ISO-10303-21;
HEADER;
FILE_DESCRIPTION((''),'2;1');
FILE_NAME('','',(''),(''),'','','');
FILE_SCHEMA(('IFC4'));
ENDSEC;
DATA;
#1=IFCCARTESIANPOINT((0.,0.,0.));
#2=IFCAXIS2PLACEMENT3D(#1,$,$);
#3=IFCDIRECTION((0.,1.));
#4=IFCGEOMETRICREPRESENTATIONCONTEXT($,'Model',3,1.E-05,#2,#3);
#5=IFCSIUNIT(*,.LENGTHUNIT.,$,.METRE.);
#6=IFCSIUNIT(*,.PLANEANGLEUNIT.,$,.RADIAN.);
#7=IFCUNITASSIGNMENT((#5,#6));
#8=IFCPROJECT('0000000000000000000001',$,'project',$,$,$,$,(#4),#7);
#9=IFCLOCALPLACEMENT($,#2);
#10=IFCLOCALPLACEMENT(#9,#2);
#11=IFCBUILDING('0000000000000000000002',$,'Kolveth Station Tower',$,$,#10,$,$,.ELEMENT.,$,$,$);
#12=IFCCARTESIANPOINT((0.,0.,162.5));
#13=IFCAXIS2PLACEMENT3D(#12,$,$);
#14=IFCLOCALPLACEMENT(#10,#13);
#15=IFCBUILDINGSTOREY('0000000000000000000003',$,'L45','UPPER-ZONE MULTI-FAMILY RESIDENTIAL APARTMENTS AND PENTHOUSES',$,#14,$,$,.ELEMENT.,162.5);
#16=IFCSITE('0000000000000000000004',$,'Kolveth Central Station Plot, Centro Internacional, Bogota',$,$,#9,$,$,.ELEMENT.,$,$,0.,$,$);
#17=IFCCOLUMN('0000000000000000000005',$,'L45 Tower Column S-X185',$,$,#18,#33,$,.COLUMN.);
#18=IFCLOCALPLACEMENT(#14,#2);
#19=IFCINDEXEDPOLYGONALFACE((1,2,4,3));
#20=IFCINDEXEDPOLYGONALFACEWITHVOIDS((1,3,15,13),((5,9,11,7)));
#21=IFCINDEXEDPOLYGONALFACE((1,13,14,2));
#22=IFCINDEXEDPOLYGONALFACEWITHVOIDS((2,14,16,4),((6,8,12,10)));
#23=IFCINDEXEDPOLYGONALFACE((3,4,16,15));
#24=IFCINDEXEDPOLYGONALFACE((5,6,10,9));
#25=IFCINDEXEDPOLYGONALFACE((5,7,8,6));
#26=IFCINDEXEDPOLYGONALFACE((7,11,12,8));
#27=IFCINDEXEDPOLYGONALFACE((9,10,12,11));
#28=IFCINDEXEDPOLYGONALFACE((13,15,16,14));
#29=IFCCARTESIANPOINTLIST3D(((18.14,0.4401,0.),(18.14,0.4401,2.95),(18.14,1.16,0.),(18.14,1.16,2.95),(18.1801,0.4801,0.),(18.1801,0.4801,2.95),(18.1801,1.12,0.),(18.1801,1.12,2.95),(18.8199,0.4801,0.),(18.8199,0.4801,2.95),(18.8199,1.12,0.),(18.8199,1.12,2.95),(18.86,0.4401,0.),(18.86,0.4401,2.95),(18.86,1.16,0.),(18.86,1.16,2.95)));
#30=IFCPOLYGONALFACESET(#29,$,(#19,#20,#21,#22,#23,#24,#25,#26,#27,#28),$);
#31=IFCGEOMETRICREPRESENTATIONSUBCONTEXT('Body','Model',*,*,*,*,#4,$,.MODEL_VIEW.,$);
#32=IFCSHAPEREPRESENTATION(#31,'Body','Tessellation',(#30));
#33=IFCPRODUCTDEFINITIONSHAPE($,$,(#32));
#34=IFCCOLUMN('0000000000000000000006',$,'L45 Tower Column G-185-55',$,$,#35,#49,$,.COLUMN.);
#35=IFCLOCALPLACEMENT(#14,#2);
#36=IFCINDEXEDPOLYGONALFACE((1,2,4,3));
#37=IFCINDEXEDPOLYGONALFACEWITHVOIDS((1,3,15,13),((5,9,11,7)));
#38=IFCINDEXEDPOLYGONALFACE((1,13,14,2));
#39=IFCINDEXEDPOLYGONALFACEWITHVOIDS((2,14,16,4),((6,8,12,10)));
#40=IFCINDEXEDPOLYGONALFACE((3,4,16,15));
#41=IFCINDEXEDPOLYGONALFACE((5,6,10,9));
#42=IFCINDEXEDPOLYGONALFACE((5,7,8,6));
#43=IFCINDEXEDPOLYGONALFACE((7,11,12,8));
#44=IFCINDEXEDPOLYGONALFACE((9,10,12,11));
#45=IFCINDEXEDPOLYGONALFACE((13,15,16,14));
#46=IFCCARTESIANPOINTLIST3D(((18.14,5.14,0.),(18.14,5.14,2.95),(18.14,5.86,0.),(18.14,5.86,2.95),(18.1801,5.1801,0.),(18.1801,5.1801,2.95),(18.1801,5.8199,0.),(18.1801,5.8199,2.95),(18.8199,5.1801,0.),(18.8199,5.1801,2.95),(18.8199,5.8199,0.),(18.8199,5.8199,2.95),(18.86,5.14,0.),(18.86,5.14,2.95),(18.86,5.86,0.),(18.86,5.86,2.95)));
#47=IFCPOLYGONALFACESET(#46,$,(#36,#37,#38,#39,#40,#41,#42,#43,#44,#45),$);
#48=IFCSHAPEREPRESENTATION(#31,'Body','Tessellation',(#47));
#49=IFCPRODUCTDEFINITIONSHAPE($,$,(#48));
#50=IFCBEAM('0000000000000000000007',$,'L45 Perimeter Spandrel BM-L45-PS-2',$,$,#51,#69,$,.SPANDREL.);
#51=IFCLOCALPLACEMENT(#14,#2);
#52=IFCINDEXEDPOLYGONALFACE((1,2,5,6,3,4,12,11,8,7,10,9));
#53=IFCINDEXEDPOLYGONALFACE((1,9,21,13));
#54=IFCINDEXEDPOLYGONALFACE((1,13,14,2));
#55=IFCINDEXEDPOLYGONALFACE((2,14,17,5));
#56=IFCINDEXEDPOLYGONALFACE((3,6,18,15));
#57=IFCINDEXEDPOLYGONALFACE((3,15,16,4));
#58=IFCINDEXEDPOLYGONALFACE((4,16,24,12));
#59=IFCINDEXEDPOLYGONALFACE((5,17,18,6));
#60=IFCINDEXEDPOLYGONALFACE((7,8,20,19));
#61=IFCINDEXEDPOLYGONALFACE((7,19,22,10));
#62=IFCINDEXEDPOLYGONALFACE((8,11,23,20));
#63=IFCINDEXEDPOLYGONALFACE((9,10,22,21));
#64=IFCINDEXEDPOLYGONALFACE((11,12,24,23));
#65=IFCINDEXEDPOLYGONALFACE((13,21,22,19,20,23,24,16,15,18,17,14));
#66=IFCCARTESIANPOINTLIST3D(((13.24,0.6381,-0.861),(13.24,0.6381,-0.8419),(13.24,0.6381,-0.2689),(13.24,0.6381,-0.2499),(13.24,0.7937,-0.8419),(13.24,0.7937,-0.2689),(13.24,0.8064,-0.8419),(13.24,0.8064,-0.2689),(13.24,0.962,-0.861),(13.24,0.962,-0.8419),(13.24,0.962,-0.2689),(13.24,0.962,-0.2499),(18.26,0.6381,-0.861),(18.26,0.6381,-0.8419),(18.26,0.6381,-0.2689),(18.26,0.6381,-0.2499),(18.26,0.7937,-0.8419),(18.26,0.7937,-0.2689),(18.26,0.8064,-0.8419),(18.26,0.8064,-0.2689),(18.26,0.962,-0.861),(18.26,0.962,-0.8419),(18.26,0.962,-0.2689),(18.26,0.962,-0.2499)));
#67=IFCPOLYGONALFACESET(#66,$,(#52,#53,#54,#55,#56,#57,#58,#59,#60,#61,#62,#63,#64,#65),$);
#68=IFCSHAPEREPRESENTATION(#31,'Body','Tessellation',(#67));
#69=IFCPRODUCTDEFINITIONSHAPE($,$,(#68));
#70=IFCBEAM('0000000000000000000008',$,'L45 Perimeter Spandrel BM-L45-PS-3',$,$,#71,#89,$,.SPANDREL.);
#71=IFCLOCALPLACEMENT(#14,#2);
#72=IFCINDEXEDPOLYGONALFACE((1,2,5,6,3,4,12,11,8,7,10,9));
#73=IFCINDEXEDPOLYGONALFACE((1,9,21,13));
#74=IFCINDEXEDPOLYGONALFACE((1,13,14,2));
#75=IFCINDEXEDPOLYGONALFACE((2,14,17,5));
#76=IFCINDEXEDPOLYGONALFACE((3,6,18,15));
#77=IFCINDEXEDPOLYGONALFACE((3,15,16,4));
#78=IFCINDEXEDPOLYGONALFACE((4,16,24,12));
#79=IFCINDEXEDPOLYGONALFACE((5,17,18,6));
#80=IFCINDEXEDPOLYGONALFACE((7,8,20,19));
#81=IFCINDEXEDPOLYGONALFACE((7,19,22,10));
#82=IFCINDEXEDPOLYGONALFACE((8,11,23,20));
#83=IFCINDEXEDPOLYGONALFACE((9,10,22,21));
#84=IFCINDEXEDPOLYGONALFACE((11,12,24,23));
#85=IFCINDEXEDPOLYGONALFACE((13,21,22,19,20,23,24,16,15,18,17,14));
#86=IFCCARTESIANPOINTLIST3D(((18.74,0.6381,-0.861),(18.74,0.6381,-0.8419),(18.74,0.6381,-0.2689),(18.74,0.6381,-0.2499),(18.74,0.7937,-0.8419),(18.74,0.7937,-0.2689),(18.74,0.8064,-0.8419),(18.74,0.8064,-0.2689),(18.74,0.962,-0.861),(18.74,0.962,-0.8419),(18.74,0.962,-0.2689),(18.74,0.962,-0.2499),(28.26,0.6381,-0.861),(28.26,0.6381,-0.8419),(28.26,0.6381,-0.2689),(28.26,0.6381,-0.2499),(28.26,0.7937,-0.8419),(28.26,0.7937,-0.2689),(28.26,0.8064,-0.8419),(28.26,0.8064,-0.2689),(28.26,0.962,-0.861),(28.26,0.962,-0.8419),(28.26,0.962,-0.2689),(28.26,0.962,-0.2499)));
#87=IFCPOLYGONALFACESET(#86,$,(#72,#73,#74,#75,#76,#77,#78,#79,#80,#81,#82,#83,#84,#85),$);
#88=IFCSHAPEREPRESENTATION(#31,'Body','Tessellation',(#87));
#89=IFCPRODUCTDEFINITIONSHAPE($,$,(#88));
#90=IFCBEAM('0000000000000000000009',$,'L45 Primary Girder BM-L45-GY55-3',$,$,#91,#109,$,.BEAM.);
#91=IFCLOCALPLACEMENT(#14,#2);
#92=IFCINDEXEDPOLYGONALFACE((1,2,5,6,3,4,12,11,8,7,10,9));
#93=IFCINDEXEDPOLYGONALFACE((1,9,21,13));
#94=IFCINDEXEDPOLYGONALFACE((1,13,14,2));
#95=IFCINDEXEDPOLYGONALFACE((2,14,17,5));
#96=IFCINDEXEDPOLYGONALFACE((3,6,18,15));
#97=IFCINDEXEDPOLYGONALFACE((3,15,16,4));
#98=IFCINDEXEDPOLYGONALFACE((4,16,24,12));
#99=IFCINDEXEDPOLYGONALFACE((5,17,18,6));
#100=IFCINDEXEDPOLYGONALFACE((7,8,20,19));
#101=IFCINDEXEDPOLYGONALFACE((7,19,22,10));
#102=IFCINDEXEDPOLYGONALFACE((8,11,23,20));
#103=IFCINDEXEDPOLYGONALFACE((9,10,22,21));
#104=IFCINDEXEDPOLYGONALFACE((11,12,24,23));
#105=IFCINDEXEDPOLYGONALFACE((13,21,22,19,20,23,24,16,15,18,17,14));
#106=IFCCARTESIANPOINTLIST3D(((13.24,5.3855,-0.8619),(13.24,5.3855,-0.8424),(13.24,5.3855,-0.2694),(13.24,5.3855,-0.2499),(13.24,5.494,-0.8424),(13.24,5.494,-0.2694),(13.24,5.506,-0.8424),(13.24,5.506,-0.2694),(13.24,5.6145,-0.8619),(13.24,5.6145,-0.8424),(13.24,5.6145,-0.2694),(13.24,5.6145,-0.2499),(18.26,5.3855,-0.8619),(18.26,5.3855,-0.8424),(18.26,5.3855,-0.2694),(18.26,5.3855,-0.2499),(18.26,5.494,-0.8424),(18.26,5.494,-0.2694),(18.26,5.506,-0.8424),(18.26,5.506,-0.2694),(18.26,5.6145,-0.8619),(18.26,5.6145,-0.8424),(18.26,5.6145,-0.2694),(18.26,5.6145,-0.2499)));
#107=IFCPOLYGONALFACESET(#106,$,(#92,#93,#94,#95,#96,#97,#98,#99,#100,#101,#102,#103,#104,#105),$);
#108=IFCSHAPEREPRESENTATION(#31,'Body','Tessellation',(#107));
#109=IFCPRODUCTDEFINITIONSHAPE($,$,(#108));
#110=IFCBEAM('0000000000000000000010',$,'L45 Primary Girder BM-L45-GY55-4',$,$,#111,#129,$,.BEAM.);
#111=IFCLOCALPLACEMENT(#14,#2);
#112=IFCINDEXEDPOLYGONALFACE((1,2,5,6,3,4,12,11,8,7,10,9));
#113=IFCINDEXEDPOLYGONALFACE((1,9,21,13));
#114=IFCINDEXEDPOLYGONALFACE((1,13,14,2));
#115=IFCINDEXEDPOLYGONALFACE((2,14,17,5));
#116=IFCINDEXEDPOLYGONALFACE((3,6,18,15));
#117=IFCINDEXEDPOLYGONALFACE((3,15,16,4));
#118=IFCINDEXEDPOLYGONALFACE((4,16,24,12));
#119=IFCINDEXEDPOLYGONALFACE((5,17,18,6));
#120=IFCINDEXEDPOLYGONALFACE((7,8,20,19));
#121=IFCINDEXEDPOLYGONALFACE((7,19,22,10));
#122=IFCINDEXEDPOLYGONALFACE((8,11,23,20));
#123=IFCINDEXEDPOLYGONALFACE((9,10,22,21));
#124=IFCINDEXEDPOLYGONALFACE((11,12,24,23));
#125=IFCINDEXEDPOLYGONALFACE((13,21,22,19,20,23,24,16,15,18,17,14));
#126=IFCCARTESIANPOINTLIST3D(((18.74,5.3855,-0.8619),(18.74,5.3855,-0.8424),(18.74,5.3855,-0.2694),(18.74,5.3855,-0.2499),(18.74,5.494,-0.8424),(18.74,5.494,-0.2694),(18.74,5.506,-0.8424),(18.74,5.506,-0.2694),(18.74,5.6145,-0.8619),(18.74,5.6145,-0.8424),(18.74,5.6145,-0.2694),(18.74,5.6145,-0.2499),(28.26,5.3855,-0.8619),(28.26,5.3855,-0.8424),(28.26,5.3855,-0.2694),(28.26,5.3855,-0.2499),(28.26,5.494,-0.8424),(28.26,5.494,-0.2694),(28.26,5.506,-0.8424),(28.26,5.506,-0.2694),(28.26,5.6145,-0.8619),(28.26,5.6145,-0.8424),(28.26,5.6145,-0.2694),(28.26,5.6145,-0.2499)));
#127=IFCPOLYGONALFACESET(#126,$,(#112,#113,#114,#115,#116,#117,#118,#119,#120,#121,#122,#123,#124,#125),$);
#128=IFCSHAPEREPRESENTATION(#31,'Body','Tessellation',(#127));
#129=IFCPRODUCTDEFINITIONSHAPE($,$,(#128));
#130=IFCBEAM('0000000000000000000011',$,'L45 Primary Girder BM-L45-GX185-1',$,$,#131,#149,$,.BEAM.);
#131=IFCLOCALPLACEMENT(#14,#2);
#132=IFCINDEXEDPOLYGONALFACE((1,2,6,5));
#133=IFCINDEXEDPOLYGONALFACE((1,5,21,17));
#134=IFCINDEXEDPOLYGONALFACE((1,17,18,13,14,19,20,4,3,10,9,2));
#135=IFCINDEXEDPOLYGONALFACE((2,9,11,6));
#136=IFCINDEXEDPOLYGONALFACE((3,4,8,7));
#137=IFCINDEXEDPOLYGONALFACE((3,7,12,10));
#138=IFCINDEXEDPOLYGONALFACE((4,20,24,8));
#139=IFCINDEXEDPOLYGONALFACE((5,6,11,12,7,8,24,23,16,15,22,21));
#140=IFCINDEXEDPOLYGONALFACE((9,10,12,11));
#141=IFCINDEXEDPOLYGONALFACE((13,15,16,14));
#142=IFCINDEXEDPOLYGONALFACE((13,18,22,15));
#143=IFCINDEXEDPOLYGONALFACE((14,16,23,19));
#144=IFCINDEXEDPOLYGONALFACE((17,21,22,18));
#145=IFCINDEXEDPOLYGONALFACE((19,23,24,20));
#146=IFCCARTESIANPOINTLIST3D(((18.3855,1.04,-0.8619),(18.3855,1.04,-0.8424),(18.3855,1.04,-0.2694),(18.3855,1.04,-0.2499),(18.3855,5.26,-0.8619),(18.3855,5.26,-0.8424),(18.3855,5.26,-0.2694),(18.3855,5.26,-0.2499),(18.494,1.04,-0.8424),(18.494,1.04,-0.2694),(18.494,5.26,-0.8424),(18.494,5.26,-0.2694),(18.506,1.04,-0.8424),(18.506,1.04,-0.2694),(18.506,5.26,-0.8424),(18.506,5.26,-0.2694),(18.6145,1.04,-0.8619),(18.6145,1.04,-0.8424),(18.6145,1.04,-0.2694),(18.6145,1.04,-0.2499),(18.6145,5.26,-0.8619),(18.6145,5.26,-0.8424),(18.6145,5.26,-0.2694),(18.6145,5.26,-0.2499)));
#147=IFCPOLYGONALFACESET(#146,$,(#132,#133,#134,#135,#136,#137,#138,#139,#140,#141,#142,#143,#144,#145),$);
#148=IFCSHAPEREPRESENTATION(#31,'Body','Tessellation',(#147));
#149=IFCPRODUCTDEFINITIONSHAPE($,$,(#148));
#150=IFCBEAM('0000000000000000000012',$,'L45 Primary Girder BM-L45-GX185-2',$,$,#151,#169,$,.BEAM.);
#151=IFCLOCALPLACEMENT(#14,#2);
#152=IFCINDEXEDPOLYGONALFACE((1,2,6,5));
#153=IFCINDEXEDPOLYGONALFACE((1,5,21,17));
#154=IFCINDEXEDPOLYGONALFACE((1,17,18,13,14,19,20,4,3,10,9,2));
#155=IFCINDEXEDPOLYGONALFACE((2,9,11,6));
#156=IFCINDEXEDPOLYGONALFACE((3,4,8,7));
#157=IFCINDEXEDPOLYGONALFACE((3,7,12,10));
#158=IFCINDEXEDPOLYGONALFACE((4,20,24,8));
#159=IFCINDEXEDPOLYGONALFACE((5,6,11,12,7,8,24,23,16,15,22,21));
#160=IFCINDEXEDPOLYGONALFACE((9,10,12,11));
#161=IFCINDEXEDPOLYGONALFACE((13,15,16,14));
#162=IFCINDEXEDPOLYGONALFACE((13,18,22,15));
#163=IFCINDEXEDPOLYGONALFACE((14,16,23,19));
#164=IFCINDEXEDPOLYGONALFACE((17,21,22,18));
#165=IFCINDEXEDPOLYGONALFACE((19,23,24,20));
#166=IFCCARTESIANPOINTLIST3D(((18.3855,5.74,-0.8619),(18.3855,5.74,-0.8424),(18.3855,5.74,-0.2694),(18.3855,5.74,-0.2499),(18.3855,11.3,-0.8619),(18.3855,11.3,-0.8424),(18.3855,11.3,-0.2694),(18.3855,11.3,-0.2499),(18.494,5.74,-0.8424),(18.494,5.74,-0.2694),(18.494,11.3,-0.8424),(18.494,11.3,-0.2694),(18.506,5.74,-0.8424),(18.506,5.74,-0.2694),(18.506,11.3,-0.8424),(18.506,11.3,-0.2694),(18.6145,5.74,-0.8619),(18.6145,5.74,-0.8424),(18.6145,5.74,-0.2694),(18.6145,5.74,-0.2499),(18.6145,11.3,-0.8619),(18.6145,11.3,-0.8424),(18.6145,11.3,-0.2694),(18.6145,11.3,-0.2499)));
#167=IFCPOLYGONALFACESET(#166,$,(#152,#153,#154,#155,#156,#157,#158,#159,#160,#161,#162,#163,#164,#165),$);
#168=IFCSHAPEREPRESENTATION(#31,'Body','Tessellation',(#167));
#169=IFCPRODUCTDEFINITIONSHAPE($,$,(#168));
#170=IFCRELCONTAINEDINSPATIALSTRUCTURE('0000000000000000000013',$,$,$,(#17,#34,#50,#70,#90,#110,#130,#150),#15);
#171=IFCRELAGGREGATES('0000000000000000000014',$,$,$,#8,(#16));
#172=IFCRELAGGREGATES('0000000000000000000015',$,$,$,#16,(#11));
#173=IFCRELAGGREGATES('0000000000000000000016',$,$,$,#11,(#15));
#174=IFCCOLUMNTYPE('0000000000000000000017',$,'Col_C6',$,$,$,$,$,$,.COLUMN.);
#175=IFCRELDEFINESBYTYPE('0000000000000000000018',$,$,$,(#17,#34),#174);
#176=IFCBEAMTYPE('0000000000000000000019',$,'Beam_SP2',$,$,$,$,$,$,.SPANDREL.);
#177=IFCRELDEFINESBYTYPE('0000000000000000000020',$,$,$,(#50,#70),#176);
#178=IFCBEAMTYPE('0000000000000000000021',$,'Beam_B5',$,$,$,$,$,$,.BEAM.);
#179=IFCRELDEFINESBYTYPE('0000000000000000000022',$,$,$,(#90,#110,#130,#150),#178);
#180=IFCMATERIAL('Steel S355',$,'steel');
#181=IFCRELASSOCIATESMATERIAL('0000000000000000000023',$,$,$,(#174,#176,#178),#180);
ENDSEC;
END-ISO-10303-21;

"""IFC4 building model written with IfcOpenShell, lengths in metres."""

from ifc_helpers import new_model, si_unit, direction, frame, origin, origin_2d, place, context, subcontext, project, spatial, hollow_rectangle, i_section, extrude, source, transform, mapped, material, material_profile, profile_set, type_object, element, save


model = new_model("IFC4")

# Units and contexts
model_context = context("Model", 3, precision=1e-05, world=origin(), true_north=direction((0.0, 1.0)))
body_context = subcontext(model_context, "Body", "Model", "MODEL_VIEW")
ifc_project = project(units=[si_unit("LENGTHUNIT", "METRE"), si_unit("PLANEANGLEUNIT", "RADIAN")], contexts=[model_context])

# Site, building, storey
site_placement = place(None, origin())
site = spatial("IfcSite", under=ifc_project, at=site_placement, Name="Kolveth Central Station Plot, Centro Internacional, Bogota", CompositionType="ELEMENT", RefElevation=0.0)
building_placement = place(site_placement, origin())
building = spatial("IfcBuilding", under=site, at=building_placement, Name="Kolveth Station Tower", CompositionType="ELEMENT")
storey_placement = place(building_placement, frame((0.0, 0.0, 162.5)))
storey = spatial("IfcBuildingStorey", under=building, at=storey_placement, Name="L45", Description="UPPER-ZONE MULTI-FAMILY RESIDENTIAL APARTMENTS AND PENTHOUSES", CompositionType="ELEMENT", Elevation=162.5)

# Columns
ifc_material_1 = material(Name="Steel S355", Category="steel")
ifc_material_profile_1 = material_profile(ifc_material_1, hollow_rectangle(XDim=0.72, YDim=0.72, WallThickness=0.04, at=origin_2d()), Name="BOX720x720x40")
ifc_profile_set_1 = profile_set([ifc_material_profile_1], Name="Steel S355")
column_type = type_object("IfcColumnType", Name="Col_C6", PredefinedType="COLUMN", material=ifc_profile_set_1)
shared_shape_1 = source(origin(), body_context, "Body", "SweptSolid", [
    extrude(hollow_rectangle(XDim=0.72, YDim=0.72, WallThickness=0.04, at=origin_2d()), origin(), (0.0, 0.0, 1.0), 2.95),
])
for number, where, z_axis, x_axis, name in (
    (1, (18.5, 0.8, 0.0), (0.0, 0.0, 1.0), (1.0, 0.0, 0.0), "L45 Tower Column S-X185"),
    (2, (18.5, 5.5, 0.0), (0.0, 0.0, 1.0), (1.0, 0.0, 0.0), "L45 Tower Column G-185-55"),
):
    element("IfcColumn", number, at=place(storey_placement, frame(where, z_axis=z_axis, x_axis=x_axis)), inside=storey, type_object=column_type, Name=name, PredefinedType="COLUMN", context=body_context, shape_type="MappedRepresentation", body=[
        mapped(shared_shape_1, transform((0.0, 0.0, 0.0), x_axis=(1.0, 0.0, 0.0), y_axis=(0.0, 1.0, 0.0), z_axis=(0.0, 0.0, 1.0), scale=1.0)),
    ])

# Beams
ifc_material_profile_2 = material_profile(ifc_material_1, i_section(OverallWidth=0.324, OverallDepth=0.6111, WebThickness=0.0127, FlangeThickness=0.019, at=origin_2d()), Name="W610x155")
ifc_profile_set_2 = profile_set([ifc_material_profile_2], Name="Steel S355")
beam_type_1 = type_object("IfcBeamType", Name="Beam_SP2", PredefinedType="SPANDREL", material=ifc_profile_set_2)
shared_shape_2 = source(origin(), body_context, "Body", "SweptSolid", [
    extrude(i_section(OverallWidth=0.324, OverallDepth=0.6111, WebThickness=0.0127, FlangeThickness=0.019, at=origin_2d()), origin(), (0.0, 0.0, 1.0), 5.02),
])
beam_1_placement = place(storey_placement, frame((13.24, 0.8, -0.5554), z_axis=(1.0, 0.0, 0.0), x_axis=(0.0, 1.0, 0.0)))
element("IfcBeam", 3, at=beam_1_placement, inside=storey, type_object=beam_type_1, Name="L45 Perimeter Spandrel BM-L45-PS-2", PredefinedType="SPANDREL", context=body_context, shape_type="MappedRepresentation", body=[
    mapped(shared_shape_2, transform((0.0, 0.0, 0.0), x_axis=(1.0, 0.0, 0.0), y_axis=(0.0, 1.0, 0.0), z_axis=(0.0, 0.0, 1.0), scale=1.0)),
])
shared_shape_3 = source(origin(), body_context, "Body", "SweptSolid", [
    extrude(i_section(OverallWidth=0.324, OverallDepth=0.6111, WebThickness=0.0127, FlangeThickness=0.019, at=origin_2d()), origin(), (0.0, 0.0, 1.0), 9.52),
])
beam_2_placement = place(storey_placement, frame((18.74, 0.8, -0.5554), z_axis=(1.0, 0.0, 0.0), x_axis=(0.0, 1.0, 0.0)))
element("IfcBeam", 4, at=beam_2_placement, inside=storey, type_object=beam_type_1, Name="L45 Perimeter Spandrel BM-L45-PS-3", PredefinedType="SPANDREL", context=body_context, shape_type="MappedRepresentation", body=[
    mapped(shared_shape_3, transform((0.0, 0.0, 0.0), x_axis=(1.0, 0.0, 0.0), y_axis=(0.0, 1.0, 0.0), z_axis=(0.0, 0.0, 1.0), scale=1.0)),
])
ifc_material_profile_3 = material_profile(ifc_material_1, i_section(OverallWidth=0.229, OverallDepth=0.6121, WebThickness=0.012, FlangeThickness=0.0195, at=origin_2d()), Name="W610x125")
ifc_profile_set_3 = profile_set([ifc_material_profile_3], Name="Steel S355")
beam_type_2 = type_object("IfcBeamType", Name="Beam_B5", PredefinedType="BEAM", material=ifc_profile_set_3)
shared_shape_4 = source(origin(), body_context, "Body", "SweptSolid", [
    extrude(i_section(OverallWidth=0.229, OverallDepth=0.6121, WebThickness=0.012, FlangeThickness=0.0195, at=origin_2d()), origin(), (0.0, 0.0, 1.0), 5.02),
])
beam_3_placement = place(storey_placement, frame((13.24, 5.5, -0.5559), z_axis=(1.0, 0.0, 0.0), x_axis=(0.0, 1.0, 0.0)))
element("IfcBeam", 5, at=beam_3_placement, inside=storey, type_object=beam_type_2, Name="L45 Primary Girder BM-L45-GY55-3", PredefinedType="BEAM", context=body_context, shape_type="MappedRepresentation", body=[
    mapped(shared_shape_4, transform((0.0, 0.0, 0.0), x_axis=(1.0, 0.0, 0.0), y_axis=(0.0, 1.0, 0.0), z_axis=(0.0, 0.0, 1.0), scale=1.0)),
])
shared_shape_5 = source(origin(), body_context, "Body", "SweptSolid", [
    extrude(i_section(OverallWidth=0.229, OverallDepth=0.6121, WebThickness=0.012, FlangeThickness=0.0195, at=origin_2d()), origin(), (0.0, 0.0, 1.0), 9.52),
])
beam_4_placement = place(storey_placement, frame((18.74, 5.5, -0.5559), z_axis=(1.0, 0.0, 0.0), x_axis=(0.0, 1.0, 0.0)))
element("IfcBeam", 6, at=beam_4_placement, inside=storey, type_object=beam_type_2, Name="L45 Primary Girder BM-L45-GY55-4", PredefinedType="BEAM", context=body_context, shape_type="MappedRepresentation", body=[
    mapped(shared_shape_5, transform((0.0, 0.0, 0.0), x_axis=(1.0, 0.0, 0.0), y_axis=(0.0, 1.0, 0.0), z_axis=(0.0, 0.0, 1.0), scale=1.0)),
])
shared_shape_6 = source(origin(), body_context, "Body", "SweptSolid", [
    extrude(i_section(OverallWidth=0.229, OverallDepth=0.6121, WebThickness=0.012, FlangeThickness=0.0195, at=origin_2d()), origin(), (0.0, 0.0, 1.0), 4.22),
])
beam_5_placement = place(storey_placement, frame((18.5, 1.04, -0.5559), z_axis=(0.0, 1.0, 0.0), x_axis=(-1.0, 0.0, 0.0)))
element("IfcBeam", 7, at=beam_5_placement, inside=storey, type_object=beam_type_2, Name="L45 Primary Girder BM-L45-GX185-1", PredefinedType="BEAM", context=body_context, shape_type="MappedRepresentation", body=[
    mapped(shared_shape_6, transform((0.0, 0.0, 0.0), x_axis=(1.0, 0.0, 0.0), y_axis=(0.0, 1.0, 0.0), z_axis=(0.0, 0.0, 1.0), scale=1.0)),
])
shared_shape_7 = source(origin(), body_context, "Body", "SweptSolid", [
    extrude(i_section(OverallWidth=0.229, OverallDepth=0.6121, WebThickness=0.012, FlangeThickness=0.0195, at=origin_2d()), origin(), (0.0, 0.0, 1.0), 5.5601),
])
beam_6_placement = place(storey_placement, frame((18.5, 5.74, -0.5559), z_axis=(0.0, 1.0, 0.0), x_axis=(-1.0, 0.0, 0.0)))
element("IfcBeam", 8, at=beam_6_placement, inside=storey, type_object=beam_type_2, Name="L45 Primary Girder BM-L45-GX185-2", PredefinedType="BEAM", context=body_context, shape_type="MappedRepresentation", body=[
    mapped(shared_shape_7, transform((0.0, 0.0, 0.0), x_axis=(1.0, 0.0, 0.0), y_axis=(0.0, 1.0, 0.0), z_axis=(0.0, 0.0, 1.0), scale=1.0)),
])

save(model, "model.ifc")
